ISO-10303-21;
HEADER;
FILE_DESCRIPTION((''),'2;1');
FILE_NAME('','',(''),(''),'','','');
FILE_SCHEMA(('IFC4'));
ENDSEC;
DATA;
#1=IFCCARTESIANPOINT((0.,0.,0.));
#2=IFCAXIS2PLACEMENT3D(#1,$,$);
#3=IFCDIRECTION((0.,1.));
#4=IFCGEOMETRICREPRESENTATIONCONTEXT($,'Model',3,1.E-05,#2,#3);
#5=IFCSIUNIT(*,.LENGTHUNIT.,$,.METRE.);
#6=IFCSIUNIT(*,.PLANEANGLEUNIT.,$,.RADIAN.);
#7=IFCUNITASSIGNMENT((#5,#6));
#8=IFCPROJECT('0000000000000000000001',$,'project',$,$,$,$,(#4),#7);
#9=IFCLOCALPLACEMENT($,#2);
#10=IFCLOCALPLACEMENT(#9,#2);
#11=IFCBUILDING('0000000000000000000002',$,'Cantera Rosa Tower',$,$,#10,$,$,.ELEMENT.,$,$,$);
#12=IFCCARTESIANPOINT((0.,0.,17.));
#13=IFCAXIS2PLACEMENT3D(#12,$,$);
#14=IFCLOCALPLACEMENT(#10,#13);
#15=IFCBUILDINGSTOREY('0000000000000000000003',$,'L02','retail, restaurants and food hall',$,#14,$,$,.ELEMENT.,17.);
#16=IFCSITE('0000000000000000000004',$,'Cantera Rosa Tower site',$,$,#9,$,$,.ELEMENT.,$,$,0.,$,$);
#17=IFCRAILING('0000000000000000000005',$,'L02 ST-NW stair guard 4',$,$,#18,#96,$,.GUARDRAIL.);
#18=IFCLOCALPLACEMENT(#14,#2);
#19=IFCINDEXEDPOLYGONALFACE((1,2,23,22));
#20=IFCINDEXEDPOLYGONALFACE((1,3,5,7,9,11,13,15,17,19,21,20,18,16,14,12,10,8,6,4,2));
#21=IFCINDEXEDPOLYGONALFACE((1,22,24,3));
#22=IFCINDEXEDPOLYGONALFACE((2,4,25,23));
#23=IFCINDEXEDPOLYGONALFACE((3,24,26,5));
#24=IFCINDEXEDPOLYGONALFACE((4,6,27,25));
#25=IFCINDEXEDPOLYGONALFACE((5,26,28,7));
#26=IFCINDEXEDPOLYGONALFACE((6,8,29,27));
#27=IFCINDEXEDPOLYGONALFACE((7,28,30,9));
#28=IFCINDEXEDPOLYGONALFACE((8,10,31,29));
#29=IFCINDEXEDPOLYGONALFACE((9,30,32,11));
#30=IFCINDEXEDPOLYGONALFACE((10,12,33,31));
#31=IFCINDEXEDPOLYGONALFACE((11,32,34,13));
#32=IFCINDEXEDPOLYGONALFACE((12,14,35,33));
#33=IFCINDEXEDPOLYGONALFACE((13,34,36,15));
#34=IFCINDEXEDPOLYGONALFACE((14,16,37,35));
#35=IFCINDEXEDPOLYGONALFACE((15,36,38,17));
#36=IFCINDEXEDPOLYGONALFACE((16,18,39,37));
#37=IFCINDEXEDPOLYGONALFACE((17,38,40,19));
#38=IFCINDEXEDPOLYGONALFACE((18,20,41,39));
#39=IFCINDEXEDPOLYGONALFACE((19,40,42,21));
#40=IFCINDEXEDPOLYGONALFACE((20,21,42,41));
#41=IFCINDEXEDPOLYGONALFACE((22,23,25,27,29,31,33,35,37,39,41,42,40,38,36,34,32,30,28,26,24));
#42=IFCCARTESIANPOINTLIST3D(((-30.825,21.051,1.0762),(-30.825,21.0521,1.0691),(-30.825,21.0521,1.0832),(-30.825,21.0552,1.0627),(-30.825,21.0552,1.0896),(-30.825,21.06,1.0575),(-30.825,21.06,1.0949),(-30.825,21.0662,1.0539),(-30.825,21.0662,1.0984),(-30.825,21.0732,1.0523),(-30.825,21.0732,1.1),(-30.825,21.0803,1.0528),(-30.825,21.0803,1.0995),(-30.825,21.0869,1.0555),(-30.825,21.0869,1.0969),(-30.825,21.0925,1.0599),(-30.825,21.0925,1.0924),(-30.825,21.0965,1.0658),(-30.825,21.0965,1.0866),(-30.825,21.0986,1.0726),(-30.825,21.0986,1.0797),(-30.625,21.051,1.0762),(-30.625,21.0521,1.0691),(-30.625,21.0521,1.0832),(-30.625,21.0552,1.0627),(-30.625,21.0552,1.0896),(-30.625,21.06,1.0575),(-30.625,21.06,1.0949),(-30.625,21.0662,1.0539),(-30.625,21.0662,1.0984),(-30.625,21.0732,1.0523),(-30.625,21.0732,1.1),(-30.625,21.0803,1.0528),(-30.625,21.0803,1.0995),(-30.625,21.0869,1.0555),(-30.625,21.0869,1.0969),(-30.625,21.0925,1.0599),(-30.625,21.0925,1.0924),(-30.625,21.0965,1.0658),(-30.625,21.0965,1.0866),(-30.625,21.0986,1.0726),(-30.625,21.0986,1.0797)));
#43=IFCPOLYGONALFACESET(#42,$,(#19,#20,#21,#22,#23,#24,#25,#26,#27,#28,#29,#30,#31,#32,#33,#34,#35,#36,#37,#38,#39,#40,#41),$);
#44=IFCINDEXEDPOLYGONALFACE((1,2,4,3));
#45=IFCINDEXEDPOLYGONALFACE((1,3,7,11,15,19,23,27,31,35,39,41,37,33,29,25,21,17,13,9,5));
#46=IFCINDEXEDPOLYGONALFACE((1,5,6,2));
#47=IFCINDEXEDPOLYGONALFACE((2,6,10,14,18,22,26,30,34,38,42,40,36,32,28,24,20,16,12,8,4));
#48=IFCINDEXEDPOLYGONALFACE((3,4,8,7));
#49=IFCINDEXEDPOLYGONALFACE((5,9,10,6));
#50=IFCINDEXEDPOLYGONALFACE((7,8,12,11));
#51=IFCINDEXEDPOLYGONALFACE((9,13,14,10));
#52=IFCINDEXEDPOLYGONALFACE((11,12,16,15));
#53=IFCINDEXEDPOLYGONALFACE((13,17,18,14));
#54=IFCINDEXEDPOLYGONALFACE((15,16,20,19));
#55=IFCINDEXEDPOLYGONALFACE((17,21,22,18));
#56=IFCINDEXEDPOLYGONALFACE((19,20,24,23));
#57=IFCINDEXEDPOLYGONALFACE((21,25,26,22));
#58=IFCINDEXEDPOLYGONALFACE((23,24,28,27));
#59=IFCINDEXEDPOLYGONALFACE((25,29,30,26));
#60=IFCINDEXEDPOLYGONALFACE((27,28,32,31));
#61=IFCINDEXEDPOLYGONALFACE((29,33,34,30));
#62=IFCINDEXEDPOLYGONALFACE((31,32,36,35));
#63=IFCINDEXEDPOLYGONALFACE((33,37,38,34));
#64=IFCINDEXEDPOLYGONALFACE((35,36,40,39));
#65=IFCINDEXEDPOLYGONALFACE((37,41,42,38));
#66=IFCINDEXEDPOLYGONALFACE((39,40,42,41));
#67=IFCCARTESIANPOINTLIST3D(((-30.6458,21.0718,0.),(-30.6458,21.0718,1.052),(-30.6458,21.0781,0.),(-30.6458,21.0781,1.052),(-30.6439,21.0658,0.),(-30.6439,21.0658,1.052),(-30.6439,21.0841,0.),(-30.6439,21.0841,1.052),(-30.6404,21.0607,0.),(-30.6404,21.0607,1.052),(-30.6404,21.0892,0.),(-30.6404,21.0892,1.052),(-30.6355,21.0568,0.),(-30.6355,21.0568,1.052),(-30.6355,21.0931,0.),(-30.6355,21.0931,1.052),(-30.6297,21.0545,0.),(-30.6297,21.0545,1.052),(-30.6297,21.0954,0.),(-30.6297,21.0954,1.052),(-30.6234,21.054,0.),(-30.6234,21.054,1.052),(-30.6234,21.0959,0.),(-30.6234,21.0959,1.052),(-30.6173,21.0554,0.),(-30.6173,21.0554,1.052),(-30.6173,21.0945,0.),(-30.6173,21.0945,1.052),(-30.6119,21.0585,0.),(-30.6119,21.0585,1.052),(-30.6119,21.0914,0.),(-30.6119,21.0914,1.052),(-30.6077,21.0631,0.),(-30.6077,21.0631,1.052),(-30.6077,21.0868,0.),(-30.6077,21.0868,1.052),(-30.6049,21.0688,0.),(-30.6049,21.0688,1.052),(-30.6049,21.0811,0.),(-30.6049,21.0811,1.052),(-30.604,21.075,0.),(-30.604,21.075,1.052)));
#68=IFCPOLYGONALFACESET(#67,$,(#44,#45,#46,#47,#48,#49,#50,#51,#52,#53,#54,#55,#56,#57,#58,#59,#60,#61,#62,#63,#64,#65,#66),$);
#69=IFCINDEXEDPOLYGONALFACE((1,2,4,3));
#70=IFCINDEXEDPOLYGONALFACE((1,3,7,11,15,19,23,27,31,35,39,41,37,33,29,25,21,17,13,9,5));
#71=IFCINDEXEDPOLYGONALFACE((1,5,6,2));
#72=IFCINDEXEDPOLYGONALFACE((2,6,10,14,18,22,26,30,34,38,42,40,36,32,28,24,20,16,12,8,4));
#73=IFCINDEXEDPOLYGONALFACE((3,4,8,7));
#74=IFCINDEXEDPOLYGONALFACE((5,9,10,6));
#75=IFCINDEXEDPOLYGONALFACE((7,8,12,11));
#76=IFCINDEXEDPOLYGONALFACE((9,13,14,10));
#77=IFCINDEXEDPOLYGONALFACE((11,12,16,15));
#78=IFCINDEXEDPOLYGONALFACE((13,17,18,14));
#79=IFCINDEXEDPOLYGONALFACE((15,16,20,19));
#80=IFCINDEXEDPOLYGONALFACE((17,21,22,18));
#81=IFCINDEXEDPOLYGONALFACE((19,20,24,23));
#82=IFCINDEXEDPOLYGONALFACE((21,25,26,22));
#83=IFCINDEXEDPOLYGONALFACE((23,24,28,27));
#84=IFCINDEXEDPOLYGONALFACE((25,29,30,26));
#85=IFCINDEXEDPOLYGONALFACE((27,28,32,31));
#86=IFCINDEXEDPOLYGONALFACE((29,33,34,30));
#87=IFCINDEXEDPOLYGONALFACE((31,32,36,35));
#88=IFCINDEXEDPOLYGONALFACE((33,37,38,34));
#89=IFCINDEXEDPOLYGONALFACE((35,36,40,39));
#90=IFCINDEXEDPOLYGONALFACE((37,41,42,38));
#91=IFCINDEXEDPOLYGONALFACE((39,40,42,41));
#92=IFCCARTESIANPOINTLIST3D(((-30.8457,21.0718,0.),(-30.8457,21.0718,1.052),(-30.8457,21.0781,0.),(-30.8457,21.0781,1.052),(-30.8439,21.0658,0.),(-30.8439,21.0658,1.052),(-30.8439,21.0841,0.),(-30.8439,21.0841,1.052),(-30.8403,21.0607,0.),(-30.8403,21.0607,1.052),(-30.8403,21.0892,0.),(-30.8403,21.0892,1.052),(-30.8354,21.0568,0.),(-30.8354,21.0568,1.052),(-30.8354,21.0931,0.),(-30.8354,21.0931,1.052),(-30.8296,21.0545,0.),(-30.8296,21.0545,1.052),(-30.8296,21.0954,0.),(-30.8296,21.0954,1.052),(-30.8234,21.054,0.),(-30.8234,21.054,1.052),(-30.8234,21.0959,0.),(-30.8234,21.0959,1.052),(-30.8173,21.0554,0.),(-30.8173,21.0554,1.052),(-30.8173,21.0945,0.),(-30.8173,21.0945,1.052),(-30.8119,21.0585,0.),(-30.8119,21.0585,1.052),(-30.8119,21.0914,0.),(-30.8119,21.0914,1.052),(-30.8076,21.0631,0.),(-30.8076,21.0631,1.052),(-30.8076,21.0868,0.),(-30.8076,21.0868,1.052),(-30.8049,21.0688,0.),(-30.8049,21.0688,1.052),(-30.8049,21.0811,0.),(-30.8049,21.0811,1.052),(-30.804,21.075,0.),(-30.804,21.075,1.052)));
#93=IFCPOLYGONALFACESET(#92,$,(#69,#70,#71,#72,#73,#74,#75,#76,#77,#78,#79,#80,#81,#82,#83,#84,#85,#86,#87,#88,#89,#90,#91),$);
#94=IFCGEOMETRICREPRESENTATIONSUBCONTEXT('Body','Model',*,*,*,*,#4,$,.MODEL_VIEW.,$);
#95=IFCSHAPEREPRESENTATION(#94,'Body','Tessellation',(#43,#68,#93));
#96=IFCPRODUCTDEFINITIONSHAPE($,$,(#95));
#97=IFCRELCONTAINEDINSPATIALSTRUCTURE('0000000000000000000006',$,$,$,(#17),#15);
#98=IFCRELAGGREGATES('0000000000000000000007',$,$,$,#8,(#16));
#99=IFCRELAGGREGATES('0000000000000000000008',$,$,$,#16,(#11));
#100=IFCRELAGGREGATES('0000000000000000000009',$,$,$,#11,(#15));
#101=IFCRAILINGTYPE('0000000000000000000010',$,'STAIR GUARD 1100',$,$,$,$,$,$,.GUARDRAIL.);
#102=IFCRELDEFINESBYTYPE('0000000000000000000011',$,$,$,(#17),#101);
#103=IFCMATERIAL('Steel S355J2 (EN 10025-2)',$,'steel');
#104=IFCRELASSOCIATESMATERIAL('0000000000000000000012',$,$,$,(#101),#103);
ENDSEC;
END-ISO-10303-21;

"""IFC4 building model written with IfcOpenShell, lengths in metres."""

from ifc_helpers import new_model, si_unit, direction, frame, origin, origin_2d, place, context, subcontext, project, spatial, circle, extrude, material, type_object, element, save


model = new_model("IFC4")

# Units and contexts
model_context = context("Model", 3, precision=1e-05, world=origin(), true_north=direction((0.0, 1.0)))
body_context = subcontext(model_context, "Body", "Model", "MODEL_VIEW")
ifc_project = project(units=[si_unit("LENGTHUNIT", "METRE"), si_unit("PLANEANGLEUNIT", "RADIAN")], contexts=[model_context])

# Site, building, storey
site_placement = place(None, origin())
site = spatial("IfcSite", under=ifc_project, at=site_placement, Name="Cantera Rosa Tower site", CompositionType="ELEMENT", RefElevation=0.0)
building_placement = place(site_placement, origin())
building = spatial("IfcBuilding", under=site, at=building_placement, Name="Cantera Rosa Tower", CompositionType="ELEMENT")
storey_placement = place(building_placement, frame((0.0, 0.0, 17.0)))
storey = spatial("IfcBuildingStorey", under=building, at=storey_placement, Name="L02", Description="retail, restaurants and food hall", CompositionType="ELEMENT", Elevation=17.0)

# Railing
ifc_material_1 = material(Name="Steel S355J2 (EN 10025-2)", Category="steel")
railing_type_1 = type_object("IfcRailingType", Name="STAIR GUARD 1100", PredefinedType="GUARDRAIL", material=ifc_material_1)
railing_1_placement = place(storey_placement, frame((-30.625, 21.075, 0.0)))
element("IfcRailing", 1, at=railing_1_placement, inside=storey, type_object=railing_type_1, Name="L02 ST-NW stair guard 4", PredefinedType="GUARDRAIL", context=body_context, shape_type="SweptSolid", body=[
    extrude(circle(Radius=0.0239, at=origin_2d()), frame((0.0, 0.0, 1.0762), z_axis=(-1.0, 0.0, 0.0), x_axis=(0.0, -1.0, 0.0)), (0.0, 0.0, 1.0), 0.2),
    extrude(circle(Radius=0.021, at=origin_2d()), origin(), (0.0, 0.0, 1.0), 1.052),
    extrude(circle(Radius=0.021, at=origin_2d()), frame((-0.2, 0.0, 0.0)), (0.0, 0.0, 1.0), 1.052),
])

save(model, "model.ifc")
